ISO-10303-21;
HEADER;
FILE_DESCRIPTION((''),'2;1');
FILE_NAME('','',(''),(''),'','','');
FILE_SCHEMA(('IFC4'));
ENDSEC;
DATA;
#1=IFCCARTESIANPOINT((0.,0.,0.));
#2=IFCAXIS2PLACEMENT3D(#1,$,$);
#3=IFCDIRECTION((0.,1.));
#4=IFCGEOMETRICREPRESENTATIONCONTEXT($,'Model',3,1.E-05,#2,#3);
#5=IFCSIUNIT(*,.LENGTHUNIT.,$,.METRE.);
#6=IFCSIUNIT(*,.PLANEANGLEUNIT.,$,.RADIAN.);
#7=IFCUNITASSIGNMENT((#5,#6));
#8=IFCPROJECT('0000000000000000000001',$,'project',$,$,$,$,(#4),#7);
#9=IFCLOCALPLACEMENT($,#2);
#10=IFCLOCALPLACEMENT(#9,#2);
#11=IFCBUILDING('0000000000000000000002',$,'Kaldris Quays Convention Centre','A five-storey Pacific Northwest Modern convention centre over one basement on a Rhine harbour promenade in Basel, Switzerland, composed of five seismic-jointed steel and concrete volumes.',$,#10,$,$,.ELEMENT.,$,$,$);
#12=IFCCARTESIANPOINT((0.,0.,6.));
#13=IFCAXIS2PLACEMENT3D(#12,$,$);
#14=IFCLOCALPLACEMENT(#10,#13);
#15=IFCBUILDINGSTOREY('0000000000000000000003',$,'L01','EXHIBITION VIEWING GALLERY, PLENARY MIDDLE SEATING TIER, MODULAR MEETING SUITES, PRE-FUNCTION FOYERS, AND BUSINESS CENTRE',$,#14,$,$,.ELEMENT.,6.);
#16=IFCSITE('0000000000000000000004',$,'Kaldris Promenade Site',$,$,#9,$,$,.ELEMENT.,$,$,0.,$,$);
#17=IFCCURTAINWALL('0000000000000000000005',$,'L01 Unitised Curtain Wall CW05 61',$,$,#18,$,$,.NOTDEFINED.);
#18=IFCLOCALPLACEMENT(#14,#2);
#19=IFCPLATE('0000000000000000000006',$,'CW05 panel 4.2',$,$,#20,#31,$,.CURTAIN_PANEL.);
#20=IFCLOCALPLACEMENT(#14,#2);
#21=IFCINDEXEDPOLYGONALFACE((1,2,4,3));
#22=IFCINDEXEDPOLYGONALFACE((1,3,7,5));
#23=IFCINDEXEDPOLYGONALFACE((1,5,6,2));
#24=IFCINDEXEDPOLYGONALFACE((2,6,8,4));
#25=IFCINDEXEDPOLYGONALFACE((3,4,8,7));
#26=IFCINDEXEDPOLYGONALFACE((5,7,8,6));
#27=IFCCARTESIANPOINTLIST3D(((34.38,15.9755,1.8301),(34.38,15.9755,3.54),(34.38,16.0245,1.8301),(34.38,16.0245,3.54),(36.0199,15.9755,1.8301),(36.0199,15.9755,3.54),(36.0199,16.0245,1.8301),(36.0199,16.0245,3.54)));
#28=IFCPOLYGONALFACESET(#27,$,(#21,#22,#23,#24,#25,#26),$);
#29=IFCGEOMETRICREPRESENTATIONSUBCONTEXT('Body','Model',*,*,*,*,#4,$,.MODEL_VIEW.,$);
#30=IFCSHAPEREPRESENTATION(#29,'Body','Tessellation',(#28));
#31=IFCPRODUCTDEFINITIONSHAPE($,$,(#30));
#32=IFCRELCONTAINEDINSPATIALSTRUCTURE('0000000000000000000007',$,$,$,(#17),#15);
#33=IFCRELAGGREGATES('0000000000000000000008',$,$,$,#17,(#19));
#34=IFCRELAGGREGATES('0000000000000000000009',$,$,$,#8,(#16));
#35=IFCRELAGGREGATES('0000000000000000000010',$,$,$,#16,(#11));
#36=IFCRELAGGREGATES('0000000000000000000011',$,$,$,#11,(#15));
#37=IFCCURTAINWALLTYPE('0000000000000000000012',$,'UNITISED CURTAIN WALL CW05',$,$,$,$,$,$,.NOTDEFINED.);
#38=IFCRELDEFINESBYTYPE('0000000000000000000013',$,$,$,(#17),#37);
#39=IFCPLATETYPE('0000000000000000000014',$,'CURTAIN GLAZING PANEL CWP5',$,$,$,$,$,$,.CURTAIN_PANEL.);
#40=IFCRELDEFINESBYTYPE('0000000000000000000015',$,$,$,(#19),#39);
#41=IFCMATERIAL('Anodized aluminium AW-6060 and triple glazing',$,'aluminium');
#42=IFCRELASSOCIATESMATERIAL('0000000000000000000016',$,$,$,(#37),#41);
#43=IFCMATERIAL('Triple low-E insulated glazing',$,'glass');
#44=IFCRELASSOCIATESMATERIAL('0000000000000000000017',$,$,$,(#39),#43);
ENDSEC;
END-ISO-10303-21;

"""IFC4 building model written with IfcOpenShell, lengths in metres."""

from ifc_helpers import new_model, si_unit, direction, frame, origin, origin_2d, place, context, subcontext, project, spatial, rectangle, extrude, material, type_object, element, aggregate, save


model = new_model("IFC4")

# Units and contexts
model_context = context("Model", 3, precision=1e-05, world=origin(), true_north=direction((0.0, 1.0)))
body_context = subcontext(model_context, "Body", "Model", "MODEL_VIEW")
ifc_project = project(units=[si_unit("LENGTHUNIT", "METRE"), si_unit("PLANEANGLEUNIT", "RADIAN")], contexts=[model_context])

# Site, building, storey
site_placement = place(None, origin())
site = spatial("IfcSite", under=ifc_project, at=site_placement, Name="Kaldris Promenade Site", CompositionType="ELEMENT", RefElevation=0.0)
building_placement = place(site_placement, origin())
building = spatial("IfcBuilding", under=site, at=building_placement, Name="Kaldris Quays Convention Centre", Description="A five-storey Pacific Northwest Modern convention centre over one basement on a Rhine harbour promenade in Basel, Switzerland, composed of five seismic-jointed steel and concrete volumes.", CompositionType="ELEMENT")
storey_placement = place(building_placement, frame((0.0, 0.0, 6.0)))
storey = spatial("IfcBuildingStorey", under=building, at=storey_placement, Name="L01", Description="EXHIBITION VIEWING GALLERY, PLENARY MIDDLE SEATING TIER, MODULAR MEETING SUITES, PRE-FUNCTION FOYERS, AND BUSINESS CENTRE", CompositionType="ELEMENT", Elevation=6.0)

# Curtain wall, plate
ifc_material_1 = material(Name="Anodized aluminium AW-6060 and triple glazing", Category="aluminium")
curtain_wall_type = type_object("IfcCurtainWallType", Name="UNITISED CURTAIN WALL CW05", PredefinedType="NOTDEFINED", material=ifc_material_1)
curtain_wall_placement = place(storey_placement, origin())
curtain_wall = element("IfcCurtainWall", 1, at=curtain_wall_placement, inside=storey, type_object=curtain_wall_type, Name="L01 Unitised Curtain Wall CW05 61", PredefinedType="NOTDEFINED")
ifc_material_2 = material(Name="Triple low-E insulated glazing", Category="glass")
plate_type = type_object("IfcPlateType", Name="CURTAIN GLAZING PANEL CWP5", PredefinedType="CURTAIN_PANEL", material=ifc_material_2)
plate_1_placement = place(storey_placement, frame((35.2, 16.0, 1.8301), z_axis=(0.0, 0.0, 1.0), x_axis=(1.0, 0.0, 0.0)))
plate_1 = element("IfcPlate", 2, at=plate_1_placement, type_object=plate_type, Name="CW05 panel 4.2", PredefinedType="CURTAIN_PANEL", context=body_context, shape_type="SweptSolid", body=[
    extrude(rectangle(XDim=1.6399, YDim=0.0491, at=origin_2d()), origin(), (0.0, 0.0, 1.0), 1.71),
])
aggregate(curtain_wall, [plate_1])

save(model, "model.ifc")
